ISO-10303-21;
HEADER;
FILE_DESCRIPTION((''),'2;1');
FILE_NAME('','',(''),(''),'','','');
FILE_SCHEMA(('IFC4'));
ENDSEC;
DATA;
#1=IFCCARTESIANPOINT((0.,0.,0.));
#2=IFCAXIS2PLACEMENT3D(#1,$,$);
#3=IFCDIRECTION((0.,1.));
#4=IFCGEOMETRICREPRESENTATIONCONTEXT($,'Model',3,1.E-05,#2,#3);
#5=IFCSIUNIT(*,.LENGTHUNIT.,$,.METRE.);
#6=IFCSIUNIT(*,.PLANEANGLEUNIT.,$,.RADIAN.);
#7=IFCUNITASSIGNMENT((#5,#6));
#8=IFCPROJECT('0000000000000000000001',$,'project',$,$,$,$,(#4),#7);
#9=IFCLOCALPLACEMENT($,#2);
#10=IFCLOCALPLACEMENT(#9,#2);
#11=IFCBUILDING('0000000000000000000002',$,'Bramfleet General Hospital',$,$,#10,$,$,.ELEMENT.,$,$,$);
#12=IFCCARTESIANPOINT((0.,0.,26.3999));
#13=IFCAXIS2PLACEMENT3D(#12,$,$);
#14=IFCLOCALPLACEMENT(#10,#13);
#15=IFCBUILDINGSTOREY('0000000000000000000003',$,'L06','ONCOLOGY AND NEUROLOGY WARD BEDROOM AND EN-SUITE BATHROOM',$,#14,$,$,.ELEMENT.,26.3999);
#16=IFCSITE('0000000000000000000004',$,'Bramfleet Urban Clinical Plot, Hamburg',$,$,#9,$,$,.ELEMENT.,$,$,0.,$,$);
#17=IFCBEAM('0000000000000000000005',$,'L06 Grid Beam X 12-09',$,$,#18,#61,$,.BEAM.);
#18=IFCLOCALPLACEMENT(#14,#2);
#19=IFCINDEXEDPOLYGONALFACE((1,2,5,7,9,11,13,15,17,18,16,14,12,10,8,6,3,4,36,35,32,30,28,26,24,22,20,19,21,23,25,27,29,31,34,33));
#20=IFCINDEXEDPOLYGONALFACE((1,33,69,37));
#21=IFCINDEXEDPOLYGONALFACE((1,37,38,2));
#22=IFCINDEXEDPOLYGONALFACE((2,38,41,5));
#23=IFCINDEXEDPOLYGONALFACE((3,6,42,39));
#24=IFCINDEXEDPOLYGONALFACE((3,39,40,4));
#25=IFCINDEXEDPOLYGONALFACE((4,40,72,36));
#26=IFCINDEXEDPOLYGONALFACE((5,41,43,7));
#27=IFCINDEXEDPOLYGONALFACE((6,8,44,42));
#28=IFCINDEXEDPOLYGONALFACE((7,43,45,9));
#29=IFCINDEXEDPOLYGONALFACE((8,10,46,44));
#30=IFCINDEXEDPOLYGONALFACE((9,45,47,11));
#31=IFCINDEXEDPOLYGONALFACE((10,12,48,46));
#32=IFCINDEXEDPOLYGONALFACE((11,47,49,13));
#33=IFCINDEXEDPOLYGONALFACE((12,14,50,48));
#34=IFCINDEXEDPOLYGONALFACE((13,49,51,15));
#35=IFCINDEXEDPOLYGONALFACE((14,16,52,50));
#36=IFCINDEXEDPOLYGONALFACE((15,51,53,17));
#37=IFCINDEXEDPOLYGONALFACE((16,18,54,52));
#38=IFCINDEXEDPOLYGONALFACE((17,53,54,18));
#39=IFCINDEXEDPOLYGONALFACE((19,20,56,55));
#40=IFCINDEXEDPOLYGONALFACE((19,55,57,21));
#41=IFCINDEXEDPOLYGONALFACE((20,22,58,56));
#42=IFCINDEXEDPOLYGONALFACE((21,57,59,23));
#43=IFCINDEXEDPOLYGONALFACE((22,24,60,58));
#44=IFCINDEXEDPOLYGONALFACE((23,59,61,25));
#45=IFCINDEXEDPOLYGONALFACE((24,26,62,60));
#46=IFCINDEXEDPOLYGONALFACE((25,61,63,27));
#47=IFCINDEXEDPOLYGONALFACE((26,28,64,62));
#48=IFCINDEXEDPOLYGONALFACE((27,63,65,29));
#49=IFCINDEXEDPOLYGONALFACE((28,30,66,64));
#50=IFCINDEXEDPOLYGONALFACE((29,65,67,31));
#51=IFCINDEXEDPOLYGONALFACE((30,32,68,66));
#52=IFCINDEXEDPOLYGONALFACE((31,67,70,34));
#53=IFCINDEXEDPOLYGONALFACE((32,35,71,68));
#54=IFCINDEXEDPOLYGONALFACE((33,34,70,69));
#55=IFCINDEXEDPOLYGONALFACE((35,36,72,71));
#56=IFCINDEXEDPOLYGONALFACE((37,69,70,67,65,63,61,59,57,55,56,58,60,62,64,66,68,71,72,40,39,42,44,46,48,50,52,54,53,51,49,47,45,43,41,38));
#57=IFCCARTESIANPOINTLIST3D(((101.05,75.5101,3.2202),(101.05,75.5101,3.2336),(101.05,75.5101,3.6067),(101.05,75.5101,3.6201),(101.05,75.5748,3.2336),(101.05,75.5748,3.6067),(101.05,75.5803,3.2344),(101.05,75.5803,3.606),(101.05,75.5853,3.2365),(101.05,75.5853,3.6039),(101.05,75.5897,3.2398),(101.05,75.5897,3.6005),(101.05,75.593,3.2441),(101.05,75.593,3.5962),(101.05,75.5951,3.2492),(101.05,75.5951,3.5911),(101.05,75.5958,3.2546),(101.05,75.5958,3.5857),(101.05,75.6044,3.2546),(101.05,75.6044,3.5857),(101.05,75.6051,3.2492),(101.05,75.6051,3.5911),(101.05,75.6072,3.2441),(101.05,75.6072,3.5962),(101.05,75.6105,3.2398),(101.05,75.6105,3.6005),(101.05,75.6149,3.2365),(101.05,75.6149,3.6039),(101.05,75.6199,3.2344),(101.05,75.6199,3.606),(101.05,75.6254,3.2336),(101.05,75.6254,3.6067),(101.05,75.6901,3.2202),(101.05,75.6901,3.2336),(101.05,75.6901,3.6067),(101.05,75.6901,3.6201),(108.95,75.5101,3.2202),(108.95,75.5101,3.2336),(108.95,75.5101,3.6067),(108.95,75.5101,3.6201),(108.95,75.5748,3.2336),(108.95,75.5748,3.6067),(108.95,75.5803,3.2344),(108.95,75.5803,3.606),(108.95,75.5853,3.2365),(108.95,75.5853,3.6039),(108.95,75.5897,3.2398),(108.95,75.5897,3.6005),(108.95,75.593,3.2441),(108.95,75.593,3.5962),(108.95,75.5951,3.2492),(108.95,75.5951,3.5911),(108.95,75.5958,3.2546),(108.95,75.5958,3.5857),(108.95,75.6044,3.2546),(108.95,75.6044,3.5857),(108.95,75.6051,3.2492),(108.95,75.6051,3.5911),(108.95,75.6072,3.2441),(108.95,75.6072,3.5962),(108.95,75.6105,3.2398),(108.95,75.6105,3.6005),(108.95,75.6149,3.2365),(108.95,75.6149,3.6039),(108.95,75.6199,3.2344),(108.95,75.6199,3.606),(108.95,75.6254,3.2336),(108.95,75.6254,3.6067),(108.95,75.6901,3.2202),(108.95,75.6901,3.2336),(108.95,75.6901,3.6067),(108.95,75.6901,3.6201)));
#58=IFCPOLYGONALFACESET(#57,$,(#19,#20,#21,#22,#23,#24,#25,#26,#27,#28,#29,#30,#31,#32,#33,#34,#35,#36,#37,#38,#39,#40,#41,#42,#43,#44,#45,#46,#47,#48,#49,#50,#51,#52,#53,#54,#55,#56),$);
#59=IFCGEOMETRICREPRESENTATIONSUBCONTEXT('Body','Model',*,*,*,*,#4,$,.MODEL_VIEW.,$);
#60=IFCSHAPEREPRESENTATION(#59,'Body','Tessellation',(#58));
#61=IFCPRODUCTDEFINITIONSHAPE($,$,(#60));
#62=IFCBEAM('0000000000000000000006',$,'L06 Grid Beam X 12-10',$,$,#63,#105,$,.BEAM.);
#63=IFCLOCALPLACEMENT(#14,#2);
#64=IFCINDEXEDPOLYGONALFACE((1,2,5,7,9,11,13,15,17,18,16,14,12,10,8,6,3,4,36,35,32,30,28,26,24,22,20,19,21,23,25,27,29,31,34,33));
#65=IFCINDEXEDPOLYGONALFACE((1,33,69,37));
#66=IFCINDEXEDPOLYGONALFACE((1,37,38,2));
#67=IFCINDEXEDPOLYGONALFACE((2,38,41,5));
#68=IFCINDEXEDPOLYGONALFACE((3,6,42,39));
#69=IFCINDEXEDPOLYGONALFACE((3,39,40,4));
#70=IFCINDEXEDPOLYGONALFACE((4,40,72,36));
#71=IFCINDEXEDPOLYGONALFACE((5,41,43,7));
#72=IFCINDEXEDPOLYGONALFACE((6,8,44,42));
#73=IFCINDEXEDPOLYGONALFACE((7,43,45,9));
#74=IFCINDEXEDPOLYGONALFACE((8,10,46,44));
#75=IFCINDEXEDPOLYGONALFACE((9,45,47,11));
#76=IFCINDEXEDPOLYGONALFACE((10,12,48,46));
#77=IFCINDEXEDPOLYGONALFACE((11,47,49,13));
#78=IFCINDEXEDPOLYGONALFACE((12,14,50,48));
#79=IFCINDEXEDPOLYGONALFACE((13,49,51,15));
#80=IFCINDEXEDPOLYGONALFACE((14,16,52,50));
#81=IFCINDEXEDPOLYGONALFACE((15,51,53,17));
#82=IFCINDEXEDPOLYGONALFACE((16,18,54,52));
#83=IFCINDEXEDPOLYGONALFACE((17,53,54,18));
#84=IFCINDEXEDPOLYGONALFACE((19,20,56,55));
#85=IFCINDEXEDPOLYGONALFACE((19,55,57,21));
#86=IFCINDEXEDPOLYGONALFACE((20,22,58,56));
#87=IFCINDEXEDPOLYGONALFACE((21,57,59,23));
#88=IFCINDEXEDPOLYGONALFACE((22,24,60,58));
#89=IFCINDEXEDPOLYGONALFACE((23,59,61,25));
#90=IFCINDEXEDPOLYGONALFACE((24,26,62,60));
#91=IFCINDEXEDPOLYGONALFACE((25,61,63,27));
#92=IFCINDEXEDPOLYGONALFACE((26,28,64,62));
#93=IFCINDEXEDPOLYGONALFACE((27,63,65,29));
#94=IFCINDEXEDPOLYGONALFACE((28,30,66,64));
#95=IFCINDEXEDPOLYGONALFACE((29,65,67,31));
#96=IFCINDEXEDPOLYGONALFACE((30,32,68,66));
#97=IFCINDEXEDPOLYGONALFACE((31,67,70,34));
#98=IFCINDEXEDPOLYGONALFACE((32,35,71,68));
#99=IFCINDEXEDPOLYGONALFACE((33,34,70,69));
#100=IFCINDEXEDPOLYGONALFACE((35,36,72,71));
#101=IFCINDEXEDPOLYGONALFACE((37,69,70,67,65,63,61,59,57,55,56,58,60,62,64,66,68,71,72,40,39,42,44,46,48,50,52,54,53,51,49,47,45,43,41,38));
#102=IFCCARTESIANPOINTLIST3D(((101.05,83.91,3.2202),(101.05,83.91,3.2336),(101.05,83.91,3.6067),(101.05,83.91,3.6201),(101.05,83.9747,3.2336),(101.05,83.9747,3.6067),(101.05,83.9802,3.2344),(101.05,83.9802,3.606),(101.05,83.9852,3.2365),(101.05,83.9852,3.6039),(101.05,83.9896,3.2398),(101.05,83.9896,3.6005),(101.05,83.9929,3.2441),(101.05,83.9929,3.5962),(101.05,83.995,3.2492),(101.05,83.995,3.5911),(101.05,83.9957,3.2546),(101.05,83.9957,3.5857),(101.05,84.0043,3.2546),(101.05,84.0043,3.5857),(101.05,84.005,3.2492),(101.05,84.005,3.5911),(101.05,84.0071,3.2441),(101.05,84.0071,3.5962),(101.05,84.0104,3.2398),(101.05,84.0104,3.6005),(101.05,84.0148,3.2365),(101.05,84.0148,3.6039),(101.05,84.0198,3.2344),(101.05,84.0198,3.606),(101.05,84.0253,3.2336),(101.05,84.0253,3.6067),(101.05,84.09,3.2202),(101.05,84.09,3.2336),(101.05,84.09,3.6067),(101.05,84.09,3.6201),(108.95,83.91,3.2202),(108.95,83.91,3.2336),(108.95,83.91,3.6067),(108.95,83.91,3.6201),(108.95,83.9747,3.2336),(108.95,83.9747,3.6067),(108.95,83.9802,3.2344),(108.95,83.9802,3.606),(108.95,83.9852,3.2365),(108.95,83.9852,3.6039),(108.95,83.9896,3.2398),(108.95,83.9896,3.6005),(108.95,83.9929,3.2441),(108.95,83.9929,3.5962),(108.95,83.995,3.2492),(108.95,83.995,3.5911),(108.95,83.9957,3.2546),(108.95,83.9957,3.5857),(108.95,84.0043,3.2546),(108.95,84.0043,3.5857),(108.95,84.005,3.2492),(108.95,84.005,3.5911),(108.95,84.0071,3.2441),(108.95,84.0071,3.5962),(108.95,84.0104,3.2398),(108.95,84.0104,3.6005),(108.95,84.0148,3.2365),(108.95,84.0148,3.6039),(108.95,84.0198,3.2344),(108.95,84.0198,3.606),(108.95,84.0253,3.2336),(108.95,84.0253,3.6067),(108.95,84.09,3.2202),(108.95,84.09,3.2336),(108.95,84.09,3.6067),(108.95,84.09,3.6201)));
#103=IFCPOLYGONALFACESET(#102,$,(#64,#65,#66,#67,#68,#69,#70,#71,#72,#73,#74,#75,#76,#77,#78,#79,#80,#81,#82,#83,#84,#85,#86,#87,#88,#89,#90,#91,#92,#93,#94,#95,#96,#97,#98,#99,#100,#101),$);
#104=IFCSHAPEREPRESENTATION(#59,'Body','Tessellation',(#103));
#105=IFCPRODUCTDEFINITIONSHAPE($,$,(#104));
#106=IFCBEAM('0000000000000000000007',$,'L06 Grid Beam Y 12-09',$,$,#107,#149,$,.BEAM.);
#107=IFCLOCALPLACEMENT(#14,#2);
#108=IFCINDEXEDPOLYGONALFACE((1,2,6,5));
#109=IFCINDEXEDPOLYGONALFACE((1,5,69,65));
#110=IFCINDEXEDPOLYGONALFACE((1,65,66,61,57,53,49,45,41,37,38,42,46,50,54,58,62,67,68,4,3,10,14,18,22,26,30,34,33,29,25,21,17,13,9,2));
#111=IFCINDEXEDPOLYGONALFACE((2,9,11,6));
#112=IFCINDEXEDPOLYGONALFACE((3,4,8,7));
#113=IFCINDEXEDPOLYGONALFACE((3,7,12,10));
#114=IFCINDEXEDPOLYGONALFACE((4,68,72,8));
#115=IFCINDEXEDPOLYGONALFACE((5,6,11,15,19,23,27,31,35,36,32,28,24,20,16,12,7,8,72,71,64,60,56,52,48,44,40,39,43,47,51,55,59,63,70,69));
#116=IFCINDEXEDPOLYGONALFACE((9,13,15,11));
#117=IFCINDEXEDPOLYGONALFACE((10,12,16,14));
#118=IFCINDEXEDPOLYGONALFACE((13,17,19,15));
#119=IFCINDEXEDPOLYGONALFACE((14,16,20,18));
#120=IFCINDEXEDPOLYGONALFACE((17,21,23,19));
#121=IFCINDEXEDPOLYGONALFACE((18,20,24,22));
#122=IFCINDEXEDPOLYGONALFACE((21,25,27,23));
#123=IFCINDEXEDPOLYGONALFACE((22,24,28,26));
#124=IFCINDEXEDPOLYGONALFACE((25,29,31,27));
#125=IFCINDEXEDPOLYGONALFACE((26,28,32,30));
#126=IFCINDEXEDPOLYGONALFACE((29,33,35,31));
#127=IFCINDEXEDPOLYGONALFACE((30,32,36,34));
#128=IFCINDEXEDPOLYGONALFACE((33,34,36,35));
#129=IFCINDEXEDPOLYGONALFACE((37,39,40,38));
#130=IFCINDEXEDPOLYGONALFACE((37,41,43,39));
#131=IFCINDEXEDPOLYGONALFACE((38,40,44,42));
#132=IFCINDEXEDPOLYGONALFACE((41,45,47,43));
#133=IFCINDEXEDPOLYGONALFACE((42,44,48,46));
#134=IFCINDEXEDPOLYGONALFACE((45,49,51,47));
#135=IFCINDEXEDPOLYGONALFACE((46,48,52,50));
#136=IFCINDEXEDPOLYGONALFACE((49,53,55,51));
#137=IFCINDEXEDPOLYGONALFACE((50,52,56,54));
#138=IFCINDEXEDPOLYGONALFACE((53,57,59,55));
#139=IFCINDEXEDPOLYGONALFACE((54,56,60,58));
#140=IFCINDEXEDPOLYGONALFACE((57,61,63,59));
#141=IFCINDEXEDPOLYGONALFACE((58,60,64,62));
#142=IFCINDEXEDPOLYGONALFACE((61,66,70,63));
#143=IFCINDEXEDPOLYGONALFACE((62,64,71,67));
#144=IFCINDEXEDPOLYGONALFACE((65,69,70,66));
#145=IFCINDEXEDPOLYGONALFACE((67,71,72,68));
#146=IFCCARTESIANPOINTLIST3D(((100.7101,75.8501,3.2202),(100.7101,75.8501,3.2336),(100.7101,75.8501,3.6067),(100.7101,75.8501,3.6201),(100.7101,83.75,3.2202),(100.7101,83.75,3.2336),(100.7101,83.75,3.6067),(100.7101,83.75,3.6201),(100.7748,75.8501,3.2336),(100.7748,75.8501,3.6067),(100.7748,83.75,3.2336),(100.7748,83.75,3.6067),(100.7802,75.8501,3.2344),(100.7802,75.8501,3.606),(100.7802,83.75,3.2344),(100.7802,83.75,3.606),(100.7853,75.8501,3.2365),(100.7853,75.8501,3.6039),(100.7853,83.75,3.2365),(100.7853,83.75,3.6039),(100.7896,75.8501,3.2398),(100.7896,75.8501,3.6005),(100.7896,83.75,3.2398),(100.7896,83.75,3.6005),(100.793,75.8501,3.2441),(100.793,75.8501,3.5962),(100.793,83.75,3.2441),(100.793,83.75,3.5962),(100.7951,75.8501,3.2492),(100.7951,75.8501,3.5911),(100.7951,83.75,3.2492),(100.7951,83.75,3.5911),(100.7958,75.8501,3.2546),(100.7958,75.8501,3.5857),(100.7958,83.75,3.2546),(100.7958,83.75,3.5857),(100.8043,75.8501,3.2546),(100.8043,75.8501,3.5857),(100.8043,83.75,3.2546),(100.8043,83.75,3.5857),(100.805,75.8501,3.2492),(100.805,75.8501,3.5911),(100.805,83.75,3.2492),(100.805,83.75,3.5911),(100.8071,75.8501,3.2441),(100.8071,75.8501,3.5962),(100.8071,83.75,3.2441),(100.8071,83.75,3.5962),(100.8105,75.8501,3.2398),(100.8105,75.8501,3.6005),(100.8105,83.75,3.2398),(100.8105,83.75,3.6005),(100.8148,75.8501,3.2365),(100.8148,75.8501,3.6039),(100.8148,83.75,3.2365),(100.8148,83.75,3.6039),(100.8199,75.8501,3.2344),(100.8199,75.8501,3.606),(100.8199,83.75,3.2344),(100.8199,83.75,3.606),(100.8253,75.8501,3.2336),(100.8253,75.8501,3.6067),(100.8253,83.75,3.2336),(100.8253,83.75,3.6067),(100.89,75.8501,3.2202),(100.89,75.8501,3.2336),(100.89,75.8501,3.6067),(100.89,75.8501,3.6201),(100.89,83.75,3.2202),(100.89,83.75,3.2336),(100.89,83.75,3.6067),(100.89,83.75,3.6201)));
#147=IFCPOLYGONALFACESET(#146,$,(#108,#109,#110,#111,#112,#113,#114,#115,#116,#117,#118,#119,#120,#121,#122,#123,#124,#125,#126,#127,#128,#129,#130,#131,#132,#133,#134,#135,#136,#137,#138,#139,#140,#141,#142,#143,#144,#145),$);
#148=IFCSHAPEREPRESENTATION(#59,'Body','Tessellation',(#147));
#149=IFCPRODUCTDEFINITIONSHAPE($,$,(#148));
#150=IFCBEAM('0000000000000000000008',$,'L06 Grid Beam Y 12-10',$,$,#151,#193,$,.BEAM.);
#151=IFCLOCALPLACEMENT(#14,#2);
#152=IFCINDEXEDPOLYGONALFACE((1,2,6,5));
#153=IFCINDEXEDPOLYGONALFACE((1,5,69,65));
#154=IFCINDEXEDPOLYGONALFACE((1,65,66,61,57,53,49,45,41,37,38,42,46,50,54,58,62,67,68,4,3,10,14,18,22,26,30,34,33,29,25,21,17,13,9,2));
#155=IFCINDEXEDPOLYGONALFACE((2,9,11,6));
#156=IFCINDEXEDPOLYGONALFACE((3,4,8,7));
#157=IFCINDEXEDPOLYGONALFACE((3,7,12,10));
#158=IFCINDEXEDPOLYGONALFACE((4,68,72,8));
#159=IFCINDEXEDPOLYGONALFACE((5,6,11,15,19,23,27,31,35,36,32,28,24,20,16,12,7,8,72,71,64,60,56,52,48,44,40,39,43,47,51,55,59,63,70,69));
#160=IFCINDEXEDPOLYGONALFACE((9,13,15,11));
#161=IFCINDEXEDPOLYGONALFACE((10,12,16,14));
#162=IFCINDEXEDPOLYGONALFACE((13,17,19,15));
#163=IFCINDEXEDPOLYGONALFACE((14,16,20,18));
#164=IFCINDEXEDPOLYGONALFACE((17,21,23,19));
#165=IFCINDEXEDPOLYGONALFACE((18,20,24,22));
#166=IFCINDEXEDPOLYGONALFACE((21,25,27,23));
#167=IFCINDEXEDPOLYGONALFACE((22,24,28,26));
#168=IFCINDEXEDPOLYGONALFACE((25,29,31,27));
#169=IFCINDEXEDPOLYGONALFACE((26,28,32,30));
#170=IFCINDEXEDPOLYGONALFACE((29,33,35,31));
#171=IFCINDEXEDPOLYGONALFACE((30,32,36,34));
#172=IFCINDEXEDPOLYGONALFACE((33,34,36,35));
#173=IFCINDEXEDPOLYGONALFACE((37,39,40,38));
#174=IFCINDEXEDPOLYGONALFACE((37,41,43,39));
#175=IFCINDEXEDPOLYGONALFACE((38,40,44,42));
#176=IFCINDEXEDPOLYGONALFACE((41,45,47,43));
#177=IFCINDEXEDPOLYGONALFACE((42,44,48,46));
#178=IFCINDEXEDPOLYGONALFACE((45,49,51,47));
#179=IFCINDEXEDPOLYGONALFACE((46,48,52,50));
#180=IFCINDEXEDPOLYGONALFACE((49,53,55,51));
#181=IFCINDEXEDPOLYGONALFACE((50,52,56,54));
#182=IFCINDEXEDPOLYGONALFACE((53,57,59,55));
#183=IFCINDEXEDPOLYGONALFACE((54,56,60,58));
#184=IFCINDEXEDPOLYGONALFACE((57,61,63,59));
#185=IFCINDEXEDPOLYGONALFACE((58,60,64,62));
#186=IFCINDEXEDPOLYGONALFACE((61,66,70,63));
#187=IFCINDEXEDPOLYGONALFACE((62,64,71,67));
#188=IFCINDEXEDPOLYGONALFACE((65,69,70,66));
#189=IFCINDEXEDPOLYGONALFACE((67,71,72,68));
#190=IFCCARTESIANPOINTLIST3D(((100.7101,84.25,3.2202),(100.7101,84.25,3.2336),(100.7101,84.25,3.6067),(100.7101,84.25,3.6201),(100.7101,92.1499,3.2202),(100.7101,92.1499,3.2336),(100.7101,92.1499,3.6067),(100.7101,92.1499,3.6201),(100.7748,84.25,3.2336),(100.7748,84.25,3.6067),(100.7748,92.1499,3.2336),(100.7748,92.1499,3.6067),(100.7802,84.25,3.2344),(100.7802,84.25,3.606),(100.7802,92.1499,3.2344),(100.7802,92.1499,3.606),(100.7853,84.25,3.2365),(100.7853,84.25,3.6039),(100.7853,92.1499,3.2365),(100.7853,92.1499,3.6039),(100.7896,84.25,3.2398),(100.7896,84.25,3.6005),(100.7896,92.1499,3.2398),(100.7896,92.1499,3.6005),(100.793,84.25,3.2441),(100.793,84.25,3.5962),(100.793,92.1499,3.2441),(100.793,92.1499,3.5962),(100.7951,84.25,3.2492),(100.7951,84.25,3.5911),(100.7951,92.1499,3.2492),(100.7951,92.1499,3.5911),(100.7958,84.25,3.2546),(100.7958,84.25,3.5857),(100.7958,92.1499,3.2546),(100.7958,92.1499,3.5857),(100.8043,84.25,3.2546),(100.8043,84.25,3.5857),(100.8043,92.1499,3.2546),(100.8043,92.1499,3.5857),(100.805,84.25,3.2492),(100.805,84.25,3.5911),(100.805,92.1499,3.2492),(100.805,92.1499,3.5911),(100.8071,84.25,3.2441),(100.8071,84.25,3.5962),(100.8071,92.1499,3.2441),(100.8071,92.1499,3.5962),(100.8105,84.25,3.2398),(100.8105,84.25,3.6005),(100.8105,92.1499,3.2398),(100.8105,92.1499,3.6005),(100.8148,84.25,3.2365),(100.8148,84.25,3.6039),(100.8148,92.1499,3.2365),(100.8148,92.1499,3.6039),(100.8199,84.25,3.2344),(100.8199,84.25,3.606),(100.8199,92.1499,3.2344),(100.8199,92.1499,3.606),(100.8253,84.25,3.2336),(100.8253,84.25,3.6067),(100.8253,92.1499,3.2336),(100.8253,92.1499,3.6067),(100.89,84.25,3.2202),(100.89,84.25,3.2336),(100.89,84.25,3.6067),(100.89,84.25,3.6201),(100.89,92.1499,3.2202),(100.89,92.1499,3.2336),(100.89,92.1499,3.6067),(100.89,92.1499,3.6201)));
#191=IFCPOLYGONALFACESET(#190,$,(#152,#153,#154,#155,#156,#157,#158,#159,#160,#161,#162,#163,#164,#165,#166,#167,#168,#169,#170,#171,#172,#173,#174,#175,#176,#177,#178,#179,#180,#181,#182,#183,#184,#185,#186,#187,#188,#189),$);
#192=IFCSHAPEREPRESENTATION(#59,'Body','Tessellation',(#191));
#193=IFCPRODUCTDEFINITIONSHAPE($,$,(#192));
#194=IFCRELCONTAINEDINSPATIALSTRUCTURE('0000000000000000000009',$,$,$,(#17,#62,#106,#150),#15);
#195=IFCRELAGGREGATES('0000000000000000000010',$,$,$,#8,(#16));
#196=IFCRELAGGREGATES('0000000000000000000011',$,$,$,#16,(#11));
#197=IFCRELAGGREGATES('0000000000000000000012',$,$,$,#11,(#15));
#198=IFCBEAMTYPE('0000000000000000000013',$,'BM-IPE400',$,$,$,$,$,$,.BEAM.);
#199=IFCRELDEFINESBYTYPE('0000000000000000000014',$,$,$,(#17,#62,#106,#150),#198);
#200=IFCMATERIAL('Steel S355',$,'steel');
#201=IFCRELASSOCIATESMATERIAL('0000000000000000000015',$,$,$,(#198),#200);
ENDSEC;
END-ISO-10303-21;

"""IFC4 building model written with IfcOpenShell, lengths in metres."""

from ifc_helpers import new_model, si_unit, direction, frame, origin, origin_2d, place, context, subcontext, project, spatial, i_section, extrude, material, material_profile, profile_set, type_object, element, save


model = new_model("IFC4")

# Units and contexts
model_context = context("Model", 3, precision=1e-05, world=origin(), true_north=direction((0.0, 1.0)))
body_context = subcontext(model_context, "Body", "Model", "MODEL_VIEW")
ifc_project = project(units=[si_unit("LENGTHUNIT", "METRE"), si_unit("PLANEANGLEUNIT", "RADIAN")], contexts=[model_context])

# Site, building, storey
site_placement = place(None, origin())
site = spatial("IfcSite", under=ifc_project, at=site_placement, Name="Bramfleet Urban Clinical Plot, Hamburg", CompositionType="ELEMENT", RefElevation=0.0)
building_placement = place(site_placement, origin())
building = spatial("IfcBuilding", under=site, at=building_placement, Name="Bramfleet General Hospital", CompositionType="ELEMENT")
storey_placement = place(building_placement, frame((0.0, 0.0, 26.3999)))
storey = spatial("IfcBuildingStorey", under=building, at=storey_placement, Name="L06", Description="ONCOLOGY AND NEUROLOGY WARD BEDROOM AND EN-SUITE BATHROOM", CompositionType="ELEMENT", Elevation=26.3999)

# Beams
ifc_material_1 = material(Name="Steel S355", Category="steel")
ifc_material_profile_1 = material_profile(ifc_material_1, i_section(OverallWidth=0.1799, OverallDepth=0.3999, WebThickness=0.0085, FlangeThickness=0.0134, FilletRadius=0.021, at=origin_2d()), Name="IPE 400")
ifc_profile_set_1 = profile_set([ifc_material_profile_1], Name="Steel S355")
beam_type_1 = type_object("IfcBeamType", Name="BM-IPE400", PredefinedType="BEAM", material=ifc_profile_set_1)
for number, where, z_axis, x_axis, name in (
    (1, (101.05, 75.6001, 3.4202), (1.0, 0.0, 0.0), (0.0, 1.0, 0.0), "L06 Grid Beam X 12-09"),
    (2, (101.05, 84.0, 3.4202), (1.0, 0.0, 0.0), (0.0, 1.0, 0.0), "L06 Grid Beam X 12-10"),
    (3, (100.8, 75.8501, 3.4202), (0.0, 1.0, 0.0), (-1.0, 0.0, 0.0), "L06 Grid Beam Y 12-09"),
    (4, (100.8, 84.25, 3.4202), (0.0, 1.0, 0.0), (-1.0, 0.0, 0.0), "L06 Grid Beam Y 12-10"),
):
    element("IfcBeam", number, at=place(storey_placement, frame(where, z_axis=z_axis, x_axis=x_axis)), inside=storey, type_object=beam_type_1, Name=name, PredefinedType="BEAM", context=body_context, shape_type="SweptSolid", body=[
        extrude(i_section(OverallWidth=0.1799, OverallDepth=0.3999, WebThickness=0.0085, FlangeThickness=0.0134, FilletRadius=0.021, at=origin_2d()), origin(), (0.0, 0.0, 1.0), 7.8999),
    ])

save(model, "model.ifc")
